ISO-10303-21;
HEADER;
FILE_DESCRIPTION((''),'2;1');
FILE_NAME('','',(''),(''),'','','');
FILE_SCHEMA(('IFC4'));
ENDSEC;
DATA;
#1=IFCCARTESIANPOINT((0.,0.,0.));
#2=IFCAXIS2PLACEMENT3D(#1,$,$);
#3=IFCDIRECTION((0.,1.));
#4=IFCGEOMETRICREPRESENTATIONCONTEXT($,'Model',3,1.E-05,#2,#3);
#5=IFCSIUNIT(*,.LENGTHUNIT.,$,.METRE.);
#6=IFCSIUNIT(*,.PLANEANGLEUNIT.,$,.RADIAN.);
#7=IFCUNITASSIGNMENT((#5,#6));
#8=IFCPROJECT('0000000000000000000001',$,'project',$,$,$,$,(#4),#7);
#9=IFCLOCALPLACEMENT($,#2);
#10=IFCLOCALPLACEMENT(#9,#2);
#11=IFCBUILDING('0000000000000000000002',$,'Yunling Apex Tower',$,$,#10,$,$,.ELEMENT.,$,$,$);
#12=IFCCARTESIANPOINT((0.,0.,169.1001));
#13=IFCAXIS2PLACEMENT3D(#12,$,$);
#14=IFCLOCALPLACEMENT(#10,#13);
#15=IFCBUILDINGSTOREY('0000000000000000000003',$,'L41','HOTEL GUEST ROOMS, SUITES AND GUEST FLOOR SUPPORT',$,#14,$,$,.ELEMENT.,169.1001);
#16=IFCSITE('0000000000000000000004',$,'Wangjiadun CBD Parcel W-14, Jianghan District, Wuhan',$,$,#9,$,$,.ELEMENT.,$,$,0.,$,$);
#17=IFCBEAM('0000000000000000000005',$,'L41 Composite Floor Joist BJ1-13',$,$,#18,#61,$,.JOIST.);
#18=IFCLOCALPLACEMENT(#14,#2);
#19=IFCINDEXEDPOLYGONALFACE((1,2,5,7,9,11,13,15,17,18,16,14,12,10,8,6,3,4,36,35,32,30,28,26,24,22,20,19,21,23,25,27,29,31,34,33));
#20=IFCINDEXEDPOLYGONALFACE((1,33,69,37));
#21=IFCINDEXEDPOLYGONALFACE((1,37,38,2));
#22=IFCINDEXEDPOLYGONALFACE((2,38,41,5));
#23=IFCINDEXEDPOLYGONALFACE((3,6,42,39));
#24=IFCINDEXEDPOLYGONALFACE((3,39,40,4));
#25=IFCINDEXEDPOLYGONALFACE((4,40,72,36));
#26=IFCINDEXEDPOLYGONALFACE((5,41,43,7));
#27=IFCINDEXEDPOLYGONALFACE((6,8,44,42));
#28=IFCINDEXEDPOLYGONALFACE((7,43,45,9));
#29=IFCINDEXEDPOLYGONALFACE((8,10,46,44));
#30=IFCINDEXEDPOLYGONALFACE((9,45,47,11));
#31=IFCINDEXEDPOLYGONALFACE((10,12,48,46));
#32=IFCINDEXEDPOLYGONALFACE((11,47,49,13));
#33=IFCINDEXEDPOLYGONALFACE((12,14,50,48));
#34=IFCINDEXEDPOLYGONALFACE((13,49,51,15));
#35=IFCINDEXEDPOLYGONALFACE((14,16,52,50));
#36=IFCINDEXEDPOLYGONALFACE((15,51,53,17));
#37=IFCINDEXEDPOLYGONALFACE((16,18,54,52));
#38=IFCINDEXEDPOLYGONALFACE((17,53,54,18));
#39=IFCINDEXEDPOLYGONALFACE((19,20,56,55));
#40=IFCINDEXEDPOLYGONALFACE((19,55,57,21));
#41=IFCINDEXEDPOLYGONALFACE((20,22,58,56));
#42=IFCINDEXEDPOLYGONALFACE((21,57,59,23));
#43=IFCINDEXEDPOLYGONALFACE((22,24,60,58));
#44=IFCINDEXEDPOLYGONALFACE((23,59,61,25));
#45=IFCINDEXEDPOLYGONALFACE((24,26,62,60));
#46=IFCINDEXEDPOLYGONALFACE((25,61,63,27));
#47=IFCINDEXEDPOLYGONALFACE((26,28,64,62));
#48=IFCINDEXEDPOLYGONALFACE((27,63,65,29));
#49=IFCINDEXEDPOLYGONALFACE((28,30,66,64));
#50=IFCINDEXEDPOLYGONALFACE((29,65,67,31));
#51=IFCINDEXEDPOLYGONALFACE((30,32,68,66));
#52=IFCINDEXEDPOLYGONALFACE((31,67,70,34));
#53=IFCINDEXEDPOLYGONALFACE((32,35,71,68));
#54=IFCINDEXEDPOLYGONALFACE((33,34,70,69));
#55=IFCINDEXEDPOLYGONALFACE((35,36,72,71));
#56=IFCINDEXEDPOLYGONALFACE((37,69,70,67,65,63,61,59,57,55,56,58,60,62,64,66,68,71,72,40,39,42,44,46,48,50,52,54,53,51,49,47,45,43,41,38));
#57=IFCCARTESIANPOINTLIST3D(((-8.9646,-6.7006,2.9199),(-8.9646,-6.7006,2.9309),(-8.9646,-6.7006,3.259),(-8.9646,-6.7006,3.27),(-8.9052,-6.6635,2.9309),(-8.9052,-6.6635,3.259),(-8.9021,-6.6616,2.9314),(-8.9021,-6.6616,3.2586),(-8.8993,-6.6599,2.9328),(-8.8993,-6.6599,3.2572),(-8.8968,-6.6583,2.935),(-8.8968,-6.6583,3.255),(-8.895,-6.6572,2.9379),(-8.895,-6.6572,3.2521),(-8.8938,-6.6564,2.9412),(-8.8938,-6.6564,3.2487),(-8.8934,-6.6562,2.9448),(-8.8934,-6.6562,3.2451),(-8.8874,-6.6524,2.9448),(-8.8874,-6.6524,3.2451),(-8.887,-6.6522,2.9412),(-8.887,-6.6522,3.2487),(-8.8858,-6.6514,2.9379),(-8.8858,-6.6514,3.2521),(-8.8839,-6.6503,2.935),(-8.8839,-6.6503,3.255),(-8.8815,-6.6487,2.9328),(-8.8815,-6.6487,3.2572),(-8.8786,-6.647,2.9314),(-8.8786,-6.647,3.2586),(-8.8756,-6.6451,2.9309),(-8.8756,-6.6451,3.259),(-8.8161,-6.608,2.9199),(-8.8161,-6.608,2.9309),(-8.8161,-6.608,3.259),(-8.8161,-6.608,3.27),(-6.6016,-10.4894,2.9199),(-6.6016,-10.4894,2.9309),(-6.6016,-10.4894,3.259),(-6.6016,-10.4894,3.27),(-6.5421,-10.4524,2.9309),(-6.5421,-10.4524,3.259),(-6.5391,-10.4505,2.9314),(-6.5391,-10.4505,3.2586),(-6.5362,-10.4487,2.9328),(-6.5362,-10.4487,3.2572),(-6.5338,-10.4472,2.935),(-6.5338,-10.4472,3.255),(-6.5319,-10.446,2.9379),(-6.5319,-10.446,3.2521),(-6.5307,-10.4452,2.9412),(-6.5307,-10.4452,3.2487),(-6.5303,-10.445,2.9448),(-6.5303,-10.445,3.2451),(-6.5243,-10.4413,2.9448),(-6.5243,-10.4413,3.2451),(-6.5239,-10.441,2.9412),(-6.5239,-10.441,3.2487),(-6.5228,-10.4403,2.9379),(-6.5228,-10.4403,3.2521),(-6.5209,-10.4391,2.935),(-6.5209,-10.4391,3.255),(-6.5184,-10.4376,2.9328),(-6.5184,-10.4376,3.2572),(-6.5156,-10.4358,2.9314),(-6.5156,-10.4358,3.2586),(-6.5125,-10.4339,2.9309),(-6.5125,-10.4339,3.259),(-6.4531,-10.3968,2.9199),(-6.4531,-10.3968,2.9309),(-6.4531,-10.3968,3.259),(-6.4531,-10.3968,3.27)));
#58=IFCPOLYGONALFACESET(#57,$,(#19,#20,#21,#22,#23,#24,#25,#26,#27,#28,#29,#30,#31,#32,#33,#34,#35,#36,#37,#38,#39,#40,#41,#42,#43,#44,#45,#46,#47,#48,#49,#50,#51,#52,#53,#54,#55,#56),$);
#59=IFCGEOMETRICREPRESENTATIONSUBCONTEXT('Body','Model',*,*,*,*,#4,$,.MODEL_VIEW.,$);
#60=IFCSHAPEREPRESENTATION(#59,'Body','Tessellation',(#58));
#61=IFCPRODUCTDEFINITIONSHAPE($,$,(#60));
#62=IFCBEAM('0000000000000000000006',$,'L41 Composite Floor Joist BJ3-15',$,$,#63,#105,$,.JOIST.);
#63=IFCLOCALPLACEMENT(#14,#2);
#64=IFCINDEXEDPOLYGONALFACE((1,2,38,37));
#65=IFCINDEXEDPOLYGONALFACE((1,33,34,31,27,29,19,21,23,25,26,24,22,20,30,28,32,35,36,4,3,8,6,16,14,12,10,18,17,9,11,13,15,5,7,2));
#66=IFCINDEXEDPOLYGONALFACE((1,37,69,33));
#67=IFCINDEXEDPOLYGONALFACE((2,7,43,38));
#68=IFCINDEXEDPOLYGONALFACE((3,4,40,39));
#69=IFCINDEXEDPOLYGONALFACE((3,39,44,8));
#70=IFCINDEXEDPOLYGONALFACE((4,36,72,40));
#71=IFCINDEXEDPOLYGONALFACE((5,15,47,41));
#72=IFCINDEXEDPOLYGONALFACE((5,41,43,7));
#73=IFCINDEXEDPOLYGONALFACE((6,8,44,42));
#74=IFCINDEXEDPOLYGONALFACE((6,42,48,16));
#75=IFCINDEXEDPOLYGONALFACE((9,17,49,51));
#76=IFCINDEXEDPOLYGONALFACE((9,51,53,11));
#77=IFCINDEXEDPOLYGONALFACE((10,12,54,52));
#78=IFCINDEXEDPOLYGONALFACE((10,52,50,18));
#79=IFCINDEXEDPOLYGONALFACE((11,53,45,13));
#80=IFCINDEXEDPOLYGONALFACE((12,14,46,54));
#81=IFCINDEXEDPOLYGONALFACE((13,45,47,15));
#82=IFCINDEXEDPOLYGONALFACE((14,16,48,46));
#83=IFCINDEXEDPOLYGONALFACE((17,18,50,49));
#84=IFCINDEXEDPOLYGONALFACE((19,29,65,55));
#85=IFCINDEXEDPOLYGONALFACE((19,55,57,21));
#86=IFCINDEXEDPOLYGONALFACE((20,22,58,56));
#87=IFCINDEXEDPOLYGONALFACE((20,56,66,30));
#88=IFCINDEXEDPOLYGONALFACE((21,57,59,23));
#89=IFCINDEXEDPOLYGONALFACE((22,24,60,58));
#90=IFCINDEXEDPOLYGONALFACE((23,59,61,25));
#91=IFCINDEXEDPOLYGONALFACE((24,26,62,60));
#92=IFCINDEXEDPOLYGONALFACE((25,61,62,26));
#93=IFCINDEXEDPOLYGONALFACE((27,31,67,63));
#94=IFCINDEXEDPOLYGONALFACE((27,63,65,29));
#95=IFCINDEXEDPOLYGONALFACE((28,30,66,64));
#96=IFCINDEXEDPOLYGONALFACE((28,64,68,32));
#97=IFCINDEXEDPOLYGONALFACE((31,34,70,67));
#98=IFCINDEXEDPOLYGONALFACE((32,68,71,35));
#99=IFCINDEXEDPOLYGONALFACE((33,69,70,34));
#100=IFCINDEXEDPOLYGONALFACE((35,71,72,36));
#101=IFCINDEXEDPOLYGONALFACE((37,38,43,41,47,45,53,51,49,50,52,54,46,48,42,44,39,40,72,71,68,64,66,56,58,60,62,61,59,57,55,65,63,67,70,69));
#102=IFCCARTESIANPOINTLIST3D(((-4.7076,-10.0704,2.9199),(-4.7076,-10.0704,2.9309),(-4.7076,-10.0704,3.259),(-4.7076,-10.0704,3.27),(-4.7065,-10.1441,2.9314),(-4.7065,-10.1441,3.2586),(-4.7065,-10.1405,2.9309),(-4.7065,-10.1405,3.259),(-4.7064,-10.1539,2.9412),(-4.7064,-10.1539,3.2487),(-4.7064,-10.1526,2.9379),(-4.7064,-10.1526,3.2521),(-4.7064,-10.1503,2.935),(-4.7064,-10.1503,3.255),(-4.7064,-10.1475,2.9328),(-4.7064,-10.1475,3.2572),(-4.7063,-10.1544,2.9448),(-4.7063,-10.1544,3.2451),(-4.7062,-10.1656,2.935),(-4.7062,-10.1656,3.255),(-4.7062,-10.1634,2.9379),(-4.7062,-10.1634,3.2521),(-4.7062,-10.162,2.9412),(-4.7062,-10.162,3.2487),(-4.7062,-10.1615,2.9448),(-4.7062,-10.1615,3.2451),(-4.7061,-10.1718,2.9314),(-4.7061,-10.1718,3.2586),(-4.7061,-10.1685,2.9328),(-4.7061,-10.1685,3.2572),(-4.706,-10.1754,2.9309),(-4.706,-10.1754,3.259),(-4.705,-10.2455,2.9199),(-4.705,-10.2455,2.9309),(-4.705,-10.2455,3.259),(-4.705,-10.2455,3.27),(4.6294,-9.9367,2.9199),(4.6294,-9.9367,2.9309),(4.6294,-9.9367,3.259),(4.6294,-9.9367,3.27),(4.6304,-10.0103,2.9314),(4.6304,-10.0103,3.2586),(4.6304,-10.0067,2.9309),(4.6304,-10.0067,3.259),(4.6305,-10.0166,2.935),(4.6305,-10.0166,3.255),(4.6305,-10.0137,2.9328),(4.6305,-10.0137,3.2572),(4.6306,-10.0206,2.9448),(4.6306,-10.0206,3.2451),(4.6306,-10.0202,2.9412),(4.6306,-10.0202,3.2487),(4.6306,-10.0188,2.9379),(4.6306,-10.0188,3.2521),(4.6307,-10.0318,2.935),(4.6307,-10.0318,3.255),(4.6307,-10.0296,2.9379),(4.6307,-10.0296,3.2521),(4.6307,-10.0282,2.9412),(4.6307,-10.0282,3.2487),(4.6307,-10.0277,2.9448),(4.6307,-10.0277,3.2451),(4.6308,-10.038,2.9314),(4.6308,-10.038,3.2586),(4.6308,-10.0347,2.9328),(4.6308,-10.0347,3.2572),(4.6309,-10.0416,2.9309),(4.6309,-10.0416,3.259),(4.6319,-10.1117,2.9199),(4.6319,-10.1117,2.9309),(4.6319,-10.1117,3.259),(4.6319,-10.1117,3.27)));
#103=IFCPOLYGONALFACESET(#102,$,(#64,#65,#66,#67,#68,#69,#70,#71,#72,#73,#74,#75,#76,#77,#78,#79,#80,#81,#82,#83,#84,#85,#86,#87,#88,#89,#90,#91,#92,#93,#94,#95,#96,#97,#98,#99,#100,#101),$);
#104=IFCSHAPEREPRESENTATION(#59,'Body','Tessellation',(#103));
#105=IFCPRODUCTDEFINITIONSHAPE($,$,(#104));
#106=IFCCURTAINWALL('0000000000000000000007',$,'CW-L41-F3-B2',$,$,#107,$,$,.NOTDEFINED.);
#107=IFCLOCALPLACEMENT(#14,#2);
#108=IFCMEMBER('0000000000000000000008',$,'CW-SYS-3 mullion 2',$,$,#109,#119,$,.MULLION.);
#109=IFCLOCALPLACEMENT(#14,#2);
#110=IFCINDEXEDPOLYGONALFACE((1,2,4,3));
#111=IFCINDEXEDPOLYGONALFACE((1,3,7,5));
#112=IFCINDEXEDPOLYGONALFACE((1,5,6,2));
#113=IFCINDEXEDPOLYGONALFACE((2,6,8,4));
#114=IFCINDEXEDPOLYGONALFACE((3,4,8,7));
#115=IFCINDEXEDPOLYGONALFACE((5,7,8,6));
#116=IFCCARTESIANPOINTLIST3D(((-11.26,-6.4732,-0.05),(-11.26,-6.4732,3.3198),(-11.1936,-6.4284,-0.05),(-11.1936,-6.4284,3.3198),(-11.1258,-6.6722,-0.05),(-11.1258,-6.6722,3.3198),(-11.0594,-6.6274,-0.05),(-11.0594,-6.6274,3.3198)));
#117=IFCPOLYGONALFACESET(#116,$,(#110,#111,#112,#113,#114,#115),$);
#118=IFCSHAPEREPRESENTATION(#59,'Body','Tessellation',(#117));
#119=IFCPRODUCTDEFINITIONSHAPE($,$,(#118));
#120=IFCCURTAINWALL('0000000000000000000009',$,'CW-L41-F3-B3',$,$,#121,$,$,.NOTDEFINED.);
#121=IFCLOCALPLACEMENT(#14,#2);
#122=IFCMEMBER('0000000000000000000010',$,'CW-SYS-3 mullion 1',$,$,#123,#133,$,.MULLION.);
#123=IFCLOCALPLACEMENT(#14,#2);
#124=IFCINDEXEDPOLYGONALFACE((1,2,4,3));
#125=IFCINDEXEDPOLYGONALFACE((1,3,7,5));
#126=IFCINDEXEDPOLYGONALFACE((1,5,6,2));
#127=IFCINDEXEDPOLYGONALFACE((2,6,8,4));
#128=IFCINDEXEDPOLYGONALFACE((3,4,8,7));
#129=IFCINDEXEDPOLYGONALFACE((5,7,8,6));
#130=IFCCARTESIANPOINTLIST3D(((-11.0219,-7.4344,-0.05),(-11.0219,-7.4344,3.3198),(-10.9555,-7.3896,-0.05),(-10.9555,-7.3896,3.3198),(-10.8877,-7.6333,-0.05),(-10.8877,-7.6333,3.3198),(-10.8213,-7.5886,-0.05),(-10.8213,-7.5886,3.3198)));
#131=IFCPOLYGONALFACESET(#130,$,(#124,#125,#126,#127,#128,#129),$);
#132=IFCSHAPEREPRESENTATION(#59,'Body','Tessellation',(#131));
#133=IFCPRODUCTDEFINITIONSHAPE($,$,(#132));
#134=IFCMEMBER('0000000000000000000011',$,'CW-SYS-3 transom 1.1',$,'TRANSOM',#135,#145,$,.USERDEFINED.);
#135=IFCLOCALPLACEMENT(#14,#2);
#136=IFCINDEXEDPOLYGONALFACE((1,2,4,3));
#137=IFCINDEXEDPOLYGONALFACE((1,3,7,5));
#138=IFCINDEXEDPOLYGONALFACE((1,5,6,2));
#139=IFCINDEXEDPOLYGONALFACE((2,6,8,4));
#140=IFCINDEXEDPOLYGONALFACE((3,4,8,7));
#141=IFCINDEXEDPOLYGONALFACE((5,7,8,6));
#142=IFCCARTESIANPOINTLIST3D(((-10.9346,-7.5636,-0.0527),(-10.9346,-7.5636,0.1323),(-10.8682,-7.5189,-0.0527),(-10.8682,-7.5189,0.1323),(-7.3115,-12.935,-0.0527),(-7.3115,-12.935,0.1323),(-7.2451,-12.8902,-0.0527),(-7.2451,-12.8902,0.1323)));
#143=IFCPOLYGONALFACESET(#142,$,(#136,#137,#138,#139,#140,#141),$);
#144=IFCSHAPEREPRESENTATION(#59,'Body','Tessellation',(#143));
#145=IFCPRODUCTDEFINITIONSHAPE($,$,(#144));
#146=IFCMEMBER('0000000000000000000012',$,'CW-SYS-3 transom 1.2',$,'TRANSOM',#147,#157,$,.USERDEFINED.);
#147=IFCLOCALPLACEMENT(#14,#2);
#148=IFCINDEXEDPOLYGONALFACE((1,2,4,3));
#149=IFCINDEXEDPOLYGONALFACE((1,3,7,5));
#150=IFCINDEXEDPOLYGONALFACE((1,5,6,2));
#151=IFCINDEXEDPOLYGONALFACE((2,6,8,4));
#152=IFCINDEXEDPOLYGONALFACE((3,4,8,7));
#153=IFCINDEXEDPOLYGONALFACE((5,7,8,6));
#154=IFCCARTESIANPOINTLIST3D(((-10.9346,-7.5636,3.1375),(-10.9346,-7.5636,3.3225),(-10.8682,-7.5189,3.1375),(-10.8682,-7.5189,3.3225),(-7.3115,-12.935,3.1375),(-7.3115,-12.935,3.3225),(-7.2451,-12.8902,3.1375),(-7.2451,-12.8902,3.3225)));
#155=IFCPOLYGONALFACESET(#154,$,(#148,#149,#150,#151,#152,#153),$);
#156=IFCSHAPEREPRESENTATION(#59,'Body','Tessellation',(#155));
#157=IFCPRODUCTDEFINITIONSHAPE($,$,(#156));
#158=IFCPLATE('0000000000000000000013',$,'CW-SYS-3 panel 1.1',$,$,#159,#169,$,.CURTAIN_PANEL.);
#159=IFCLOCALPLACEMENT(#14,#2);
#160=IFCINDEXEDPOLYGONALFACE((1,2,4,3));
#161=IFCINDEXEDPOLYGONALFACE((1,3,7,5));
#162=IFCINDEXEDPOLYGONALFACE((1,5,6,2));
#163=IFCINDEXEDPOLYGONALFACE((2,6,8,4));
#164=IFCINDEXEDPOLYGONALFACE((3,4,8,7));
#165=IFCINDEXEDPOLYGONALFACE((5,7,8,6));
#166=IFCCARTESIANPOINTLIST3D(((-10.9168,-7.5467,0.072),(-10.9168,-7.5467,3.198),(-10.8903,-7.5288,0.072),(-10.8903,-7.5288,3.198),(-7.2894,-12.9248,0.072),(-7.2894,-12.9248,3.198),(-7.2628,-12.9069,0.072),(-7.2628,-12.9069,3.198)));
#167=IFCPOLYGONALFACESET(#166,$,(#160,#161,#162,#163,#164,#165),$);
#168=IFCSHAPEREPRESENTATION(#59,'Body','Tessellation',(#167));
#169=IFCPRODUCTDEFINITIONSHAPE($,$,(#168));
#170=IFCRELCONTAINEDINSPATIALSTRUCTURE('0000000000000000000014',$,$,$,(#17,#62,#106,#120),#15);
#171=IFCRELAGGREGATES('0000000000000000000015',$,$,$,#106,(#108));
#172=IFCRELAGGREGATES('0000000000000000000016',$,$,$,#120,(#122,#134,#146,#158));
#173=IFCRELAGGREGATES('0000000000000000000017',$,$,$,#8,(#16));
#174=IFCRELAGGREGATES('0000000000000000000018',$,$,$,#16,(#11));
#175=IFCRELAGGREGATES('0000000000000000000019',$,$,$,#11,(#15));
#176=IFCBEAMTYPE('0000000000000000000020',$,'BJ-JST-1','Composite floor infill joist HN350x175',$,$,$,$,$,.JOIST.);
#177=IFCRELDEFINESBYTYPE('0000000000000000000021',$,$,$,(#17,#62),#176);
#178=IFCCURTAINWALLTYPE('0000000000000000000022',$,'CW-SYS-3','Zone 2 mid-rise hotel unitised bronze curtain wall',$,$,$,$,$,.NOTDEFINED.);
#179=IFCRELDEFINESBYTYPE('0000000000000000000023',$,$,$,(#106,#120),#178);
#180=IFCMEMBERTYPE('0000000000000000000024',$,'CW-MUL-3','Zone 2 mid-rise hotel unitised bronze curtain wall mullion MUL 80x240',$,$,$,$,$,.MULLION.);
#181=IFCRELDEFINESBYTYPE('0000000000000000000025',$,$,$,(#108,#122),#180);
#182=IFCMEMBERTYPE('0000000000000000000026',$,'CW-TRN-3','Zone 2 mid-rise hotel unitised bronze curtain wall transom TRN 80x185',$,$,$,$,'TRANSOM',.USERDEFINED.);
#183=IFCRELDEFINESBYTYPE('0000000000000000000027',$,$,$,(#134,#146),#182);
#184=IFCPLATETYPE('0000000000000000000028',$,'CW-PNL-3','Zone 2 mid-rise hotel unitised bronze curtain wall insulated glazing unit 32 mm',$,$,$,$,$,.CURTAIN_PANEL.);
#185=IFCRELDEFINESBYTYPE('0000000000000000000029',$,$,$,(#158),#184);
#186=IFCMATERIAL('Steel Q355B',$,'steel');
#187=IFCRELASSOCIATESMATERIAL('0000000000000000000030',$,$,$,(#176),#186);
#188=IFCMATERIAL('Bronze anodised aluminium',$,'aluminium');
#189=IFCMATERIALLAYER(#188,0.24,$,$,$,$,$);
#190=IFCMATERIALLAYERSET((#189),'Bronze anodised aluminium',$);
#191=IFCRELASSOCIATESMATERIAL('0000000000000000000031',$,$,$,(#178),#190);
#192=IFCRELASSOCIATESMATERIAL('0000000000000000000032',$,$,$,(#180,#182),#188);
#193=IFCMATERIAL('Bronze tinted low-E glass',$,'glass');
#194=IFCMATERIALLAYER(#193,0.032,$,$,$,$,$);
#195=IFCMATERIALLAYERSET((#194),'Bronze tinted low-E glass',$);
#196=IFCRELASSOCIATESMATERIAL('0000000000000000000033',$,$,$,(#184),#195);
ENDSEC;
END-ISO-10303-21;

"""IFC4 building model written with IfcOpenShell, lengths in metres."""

from ifc_helpers import new_model, si_unit, direction, frame, origin, origin_2d, place, context, subcontext, project, spatial, rectangle, i_section, extrude, source, transform, mapped, material, layer, layer_set, material_profile, profile_set, type_object, element, aggregate, save


model = new_model("IFC4")

# Units and contexts
model_context = context("Model", 3, precision=1e-05, world=origin(), true_north=direction((0.0, 1.0)))
body_context = subcontext(model_context, "Body", "Model", "MODEL_VIEW")
ifc_project = project(units=[si_unit("LENGTHUNIT", "METRE"), si_unit("PLANEANGLEUNIT", "RADIAN")], contexts=[model_context])

# Site, building, storey
site_placement = place(None, origin())
site = spatial("IfcSite", under=ifc_project, at=site_placement, Name="Wangjiadun CBD Parcel W-14, Jianghan District, Wuhan", CompositionType="ELEMENT", RefElevation=0.0)
building_placement = place(site_placement, origin())
building = spatial("IfcBuilding", under=site, at=building_placement, Name="Yunling Apex Tower", CompositionType="ELEMENT")
storey_placement = place(building_placement, frame((0.0, 0.0, 169.1001)))
storey = spatial("IfcBuildingStorey", under=building, at=storey_placement, Name="L41", Description="HOTEL GUEST ROOMS, SUITES AND GUEST FLOOR SUPPORT", CompositionType="ELEMENT", Elevation=169.1001)

# Beams
ifc_material_1 = material(Name="Steel Q355B", Category="steel")
ifc_material_profile_1 = material_profile(ifc_material_1, i_section(OverallWidth=0.175, OverallDepth=0.3501, WebThickness=0.0071, FlangeThickness=0.011, FilletRadius=0.0139, at=origin_2d()))
ifc_profile_set_1 = profile_set([ifc_material_profile_1], Name="Steel Q355B")
beam_type_1 = type_object("IfcBeamType", Name="BJ-JST-1", Description="Composite floor infill joist HN350x175", PredefinedType="JOIST", material=ifc_profile_set_1)
shared_shape_1 = source(origin(), body_context, "Body", "SweptSolid", [
    extrude(i_section(OverallWidth=0.175, OverallDepth=0.3501, WebThickness=0.0071, FlangeThickness=0.011, FilletRadius=0.0139, at=origin_2d()), origin(), (0.0, 0.0, 1.0), 4.4653),
])
beam_1_placement = place(storey_placement, frame((-8.8904, -6.6543, 3.095), z_axis=(0.529198, -0.848499, 0.0), x_axis=(0.848499, 0.529198, 0.0)))
element("IfcBeam", 1, at=beam_1_placement, inside=storey, type_object=beam_type_1, Name="L41 Composite Floor Joist BJ1-13", PredefinedType="JOIST", context=body_context, shape_type="MappedRepresentation", body=[
    mapped(shared_shape_1, transform((0.0, 0.0, 0.0), scale=1.0)),
])
shared_shape_2 = source(origin(), body_context, "Body", "SweptSolid", [
    extrude(i_section(OverallWidth=0.175, OverallDepth=0.3501, WebThickness=0.0071, FlangeThickness=0.011, FilletRadius=0.0139, at=origin_2d()), origin(), (0.0, 0.0, 1.0), 9.3379),
])
beam_2_placement = place(storey_placement, frame((-4.7063, -10.158, 3.095), z_axis=(0.999897, 0.014328, 0.0), x_axis=(-0.014328, 0.999897, 0.0)))
element("IfcBeam", 2, at=beam_2_placement, inside=storey, type_object=beam_type_1, Name="L41 Composite Floor Joist BJ3-15", PredefinedType="JOIST", context=body_context, shape_type="MappedRepresentation", body=[
    mapped(shared_shape_2, transform((0.0, 0.0, 0.0), scale=1.0)),
])

# Curtain wall, member
ifc_material_2 = material(Name="Bronze anodised aluminium", Category="aluminium")
ifc_layer_1 = layer(ifc_material_2, 0.24)
ifc_layer_set_1 = layer_set([ifc_layer_1], Name="Bronze anodised aluminium")
curtain_wall_type = type_object("IfcCurtainWallType", Name="CW-SYS-3", Description="Zone 2 mid-rise hotel unitised bronze curtain wall", PredefinedType="NOTDEFINED", material=ifc_layer_set_1)
curtain_wall_1_placement = place(storey_placement, origin())
curtain_wall_1 = element("IfcCurtainWall", 3, at=curtain_wall_1_placement, inside=storey, type_object=curtain_wall_type, Name="CW-L41-F3-B2", PredefinedType="NOTDEFINED")
ifc_material_profile_2 = material_profile(ifc_material_2, rectangle(XDim=0.0801, YDim=0.24, at=origin_2d()))
ifc_profile_set_2 = profile_set([ifc_material_profile_2], Name="Bronze anodised aluminium")
member_type_1 = type_object("IfcMemberType", Name="CW-MUL-3", Description="Zone 2 mid-rise hotel unitised bronze curtain wall mullion MUL 80x240", PredefinedType="MULLION", material=ifc_profile_set_2)
shared_shape_3 = source(origin(), body_context, "Body", "SweptSolid", [
    extrude(rectangle(XDim=0.0801, YDim=0.24, at=origin_2d()), origin(), (0.0, 0.0, 1.0), 3.3699),
])
member_1_placement = place(storey_placement, frame((-11.1597, -6.5503, -0.05), z_axis=(0.0, 0.0, 1.0), x_axis=(0.829026, 0.55921, 0.0)))
member_1 = element("IfcMember", 4, at=member_1_placement, type_object=member_type_1, Name="CW-SYS-3 mullion 2", PredefinedType="MULLION", context=body_context, shape_type="MappedRepresentation", body=[
    mapped(shared_shape_3, transform((0.0, 0.0, 0.0), scale=1.0)),
])
aggregate(curtain_wall_1, [member_1])

# Curtain wall, members, plate
curtain_wall_2_placement = place(storey_placement, origin())
curtain_wall_2 = element("IfcCurtainWall", 5, at=curtain_wall_2_placement, inside=storey, type_object=curtain_wall_type, Name="CW-L41-F3-B3", PredefinedType="NOTDEFINED")
member_2_placement = place(storey_placement, frame((-10.9216, -7.5115, -0.05), z_axis=(0.0, 0.0, 1.0), x_axis=(0.829041, 0.559188, 0.0)))
member_2 = element("IfcMember", 6, at=member_2_placement, type_object=member_type_1, Name="CW-SYS-3 mullion 1", PredefinedType="MULLION", context=body_context, shape_type="MappedRepresentation", body=[
    mapped(shared_shape_3, transform((0.0, 0.0, 0.0), scale=1.0)),
])
ifc_material_profile_3 = material_profile(ifc_material_2, rectangle(XDim=0.0801, YDim=0.1851, at=origin_2d()))
ifc_profile_set_3 = profile_set([ifc_material_profile_3], Name="Bronze anodised aluminium")
member_type_2 = type_object("IfcMemberType", Name="CW-TRN-3", Description="Zone 2 mid-rise hotel unitised bronze curtain wall transom TRN 80x185", ElementType="TRANSOM", PredefinedType="USERDEFINED", material=ifc_profile_set_3)
shared_shape_4 = source(origin(), body_context, "Body", "SweptSolid", [
    extrude(rectangle(XDim=0.0801, YDim=0.1851, at=origin_2d()), origin(), (0.0, 0.0, 1.0), 6.479),
])
member_3_placement = place(storey_placement, frame((-10.9014, -7.5413, 0.0398), z_axis=(0.559196, -0.829035, 0.0), x_axis=(0.829035, 0.559196, 0.0)))
member_3 = element("IfcMember", 7, at=member_3_placement, type_object=member_type_2, Name="CW-SYS-3 transom 1.1", ObjectType="TRANSOM", PredefinedType="USERDEFINED", context=body_context, shape_type="MappedRepresentation", body=[
    mapped(shared_shape_4, transform((0.0, 0.0, 0.0), scale=1.0)),
])
member_4_placement = place(storey_placement, frame((-10.9014, -7.5413, 3.23), z_axis=(0.559196, -0.829035, 0.0), x_axis=(0.829035, 0.559196, 0.0)))
member_4 = element("IfcMember", 8, at=member_4_placement, type_object=member_type_2, Name="CW-SYS-3 transom 1.2", ObjectType="TRANSOM", PredefinedType="USERDEFINED", context=body_context, shape_type="MappedRepresentation", body=[
    mapped(shared_shape_4, transform((0.0, 0.0, 0.0), scale=1.0)),
])
ifc_material_3 = material(Name="Bronze tinted low-E glass", Category="glass")
ifc_layer_2 = layer(ifc_material_3, 0.032)
ifc_layer_set_2 = layer_set([ifc_layer_2], Name="Bronze tinted low-E glass")
plate_type = type_object("IfcPlateType", Name="CW-PNL-3", Description="Zone 2 mid-rise hotel unitised bronze curtain wall insulated glazing unit 32 mm", PredefinedType="CURTAIN_PANEL", material=ifc_layer_set_2)
shared_shape_5 = source(origin(), body_context, "Body", "SweptSolid", [
    extrude(rectangle(XDim=6.4871, YDim=0.032, at=origin_2d()), origin(), (0.0, 0.0, 1.0), 3.126),
])
plate_placement = place(storey_placement, frame((-9.0898, -10.2268, 0.072), z_axis=(0.0, 0.0, 1.0), x_axis=(0.559188, -0.829041, 0.0)))
plate = element("IfcPlate", 9, at=plate_placement, type_object=plate_type, Name="CW-SYS-3 panel 1.1", PredefinedType="CURTAIN_PANEL", context=body_context, shape_type="MappedRepresentation", body=[
    mapped(shared_shape_5, transform((0.0, 0.0, 0.0), scale=1.0)),
])
aggregate(curtain_wall_2, [member_2, member_3, member_4, plate])

save(model, "model.ifc")
